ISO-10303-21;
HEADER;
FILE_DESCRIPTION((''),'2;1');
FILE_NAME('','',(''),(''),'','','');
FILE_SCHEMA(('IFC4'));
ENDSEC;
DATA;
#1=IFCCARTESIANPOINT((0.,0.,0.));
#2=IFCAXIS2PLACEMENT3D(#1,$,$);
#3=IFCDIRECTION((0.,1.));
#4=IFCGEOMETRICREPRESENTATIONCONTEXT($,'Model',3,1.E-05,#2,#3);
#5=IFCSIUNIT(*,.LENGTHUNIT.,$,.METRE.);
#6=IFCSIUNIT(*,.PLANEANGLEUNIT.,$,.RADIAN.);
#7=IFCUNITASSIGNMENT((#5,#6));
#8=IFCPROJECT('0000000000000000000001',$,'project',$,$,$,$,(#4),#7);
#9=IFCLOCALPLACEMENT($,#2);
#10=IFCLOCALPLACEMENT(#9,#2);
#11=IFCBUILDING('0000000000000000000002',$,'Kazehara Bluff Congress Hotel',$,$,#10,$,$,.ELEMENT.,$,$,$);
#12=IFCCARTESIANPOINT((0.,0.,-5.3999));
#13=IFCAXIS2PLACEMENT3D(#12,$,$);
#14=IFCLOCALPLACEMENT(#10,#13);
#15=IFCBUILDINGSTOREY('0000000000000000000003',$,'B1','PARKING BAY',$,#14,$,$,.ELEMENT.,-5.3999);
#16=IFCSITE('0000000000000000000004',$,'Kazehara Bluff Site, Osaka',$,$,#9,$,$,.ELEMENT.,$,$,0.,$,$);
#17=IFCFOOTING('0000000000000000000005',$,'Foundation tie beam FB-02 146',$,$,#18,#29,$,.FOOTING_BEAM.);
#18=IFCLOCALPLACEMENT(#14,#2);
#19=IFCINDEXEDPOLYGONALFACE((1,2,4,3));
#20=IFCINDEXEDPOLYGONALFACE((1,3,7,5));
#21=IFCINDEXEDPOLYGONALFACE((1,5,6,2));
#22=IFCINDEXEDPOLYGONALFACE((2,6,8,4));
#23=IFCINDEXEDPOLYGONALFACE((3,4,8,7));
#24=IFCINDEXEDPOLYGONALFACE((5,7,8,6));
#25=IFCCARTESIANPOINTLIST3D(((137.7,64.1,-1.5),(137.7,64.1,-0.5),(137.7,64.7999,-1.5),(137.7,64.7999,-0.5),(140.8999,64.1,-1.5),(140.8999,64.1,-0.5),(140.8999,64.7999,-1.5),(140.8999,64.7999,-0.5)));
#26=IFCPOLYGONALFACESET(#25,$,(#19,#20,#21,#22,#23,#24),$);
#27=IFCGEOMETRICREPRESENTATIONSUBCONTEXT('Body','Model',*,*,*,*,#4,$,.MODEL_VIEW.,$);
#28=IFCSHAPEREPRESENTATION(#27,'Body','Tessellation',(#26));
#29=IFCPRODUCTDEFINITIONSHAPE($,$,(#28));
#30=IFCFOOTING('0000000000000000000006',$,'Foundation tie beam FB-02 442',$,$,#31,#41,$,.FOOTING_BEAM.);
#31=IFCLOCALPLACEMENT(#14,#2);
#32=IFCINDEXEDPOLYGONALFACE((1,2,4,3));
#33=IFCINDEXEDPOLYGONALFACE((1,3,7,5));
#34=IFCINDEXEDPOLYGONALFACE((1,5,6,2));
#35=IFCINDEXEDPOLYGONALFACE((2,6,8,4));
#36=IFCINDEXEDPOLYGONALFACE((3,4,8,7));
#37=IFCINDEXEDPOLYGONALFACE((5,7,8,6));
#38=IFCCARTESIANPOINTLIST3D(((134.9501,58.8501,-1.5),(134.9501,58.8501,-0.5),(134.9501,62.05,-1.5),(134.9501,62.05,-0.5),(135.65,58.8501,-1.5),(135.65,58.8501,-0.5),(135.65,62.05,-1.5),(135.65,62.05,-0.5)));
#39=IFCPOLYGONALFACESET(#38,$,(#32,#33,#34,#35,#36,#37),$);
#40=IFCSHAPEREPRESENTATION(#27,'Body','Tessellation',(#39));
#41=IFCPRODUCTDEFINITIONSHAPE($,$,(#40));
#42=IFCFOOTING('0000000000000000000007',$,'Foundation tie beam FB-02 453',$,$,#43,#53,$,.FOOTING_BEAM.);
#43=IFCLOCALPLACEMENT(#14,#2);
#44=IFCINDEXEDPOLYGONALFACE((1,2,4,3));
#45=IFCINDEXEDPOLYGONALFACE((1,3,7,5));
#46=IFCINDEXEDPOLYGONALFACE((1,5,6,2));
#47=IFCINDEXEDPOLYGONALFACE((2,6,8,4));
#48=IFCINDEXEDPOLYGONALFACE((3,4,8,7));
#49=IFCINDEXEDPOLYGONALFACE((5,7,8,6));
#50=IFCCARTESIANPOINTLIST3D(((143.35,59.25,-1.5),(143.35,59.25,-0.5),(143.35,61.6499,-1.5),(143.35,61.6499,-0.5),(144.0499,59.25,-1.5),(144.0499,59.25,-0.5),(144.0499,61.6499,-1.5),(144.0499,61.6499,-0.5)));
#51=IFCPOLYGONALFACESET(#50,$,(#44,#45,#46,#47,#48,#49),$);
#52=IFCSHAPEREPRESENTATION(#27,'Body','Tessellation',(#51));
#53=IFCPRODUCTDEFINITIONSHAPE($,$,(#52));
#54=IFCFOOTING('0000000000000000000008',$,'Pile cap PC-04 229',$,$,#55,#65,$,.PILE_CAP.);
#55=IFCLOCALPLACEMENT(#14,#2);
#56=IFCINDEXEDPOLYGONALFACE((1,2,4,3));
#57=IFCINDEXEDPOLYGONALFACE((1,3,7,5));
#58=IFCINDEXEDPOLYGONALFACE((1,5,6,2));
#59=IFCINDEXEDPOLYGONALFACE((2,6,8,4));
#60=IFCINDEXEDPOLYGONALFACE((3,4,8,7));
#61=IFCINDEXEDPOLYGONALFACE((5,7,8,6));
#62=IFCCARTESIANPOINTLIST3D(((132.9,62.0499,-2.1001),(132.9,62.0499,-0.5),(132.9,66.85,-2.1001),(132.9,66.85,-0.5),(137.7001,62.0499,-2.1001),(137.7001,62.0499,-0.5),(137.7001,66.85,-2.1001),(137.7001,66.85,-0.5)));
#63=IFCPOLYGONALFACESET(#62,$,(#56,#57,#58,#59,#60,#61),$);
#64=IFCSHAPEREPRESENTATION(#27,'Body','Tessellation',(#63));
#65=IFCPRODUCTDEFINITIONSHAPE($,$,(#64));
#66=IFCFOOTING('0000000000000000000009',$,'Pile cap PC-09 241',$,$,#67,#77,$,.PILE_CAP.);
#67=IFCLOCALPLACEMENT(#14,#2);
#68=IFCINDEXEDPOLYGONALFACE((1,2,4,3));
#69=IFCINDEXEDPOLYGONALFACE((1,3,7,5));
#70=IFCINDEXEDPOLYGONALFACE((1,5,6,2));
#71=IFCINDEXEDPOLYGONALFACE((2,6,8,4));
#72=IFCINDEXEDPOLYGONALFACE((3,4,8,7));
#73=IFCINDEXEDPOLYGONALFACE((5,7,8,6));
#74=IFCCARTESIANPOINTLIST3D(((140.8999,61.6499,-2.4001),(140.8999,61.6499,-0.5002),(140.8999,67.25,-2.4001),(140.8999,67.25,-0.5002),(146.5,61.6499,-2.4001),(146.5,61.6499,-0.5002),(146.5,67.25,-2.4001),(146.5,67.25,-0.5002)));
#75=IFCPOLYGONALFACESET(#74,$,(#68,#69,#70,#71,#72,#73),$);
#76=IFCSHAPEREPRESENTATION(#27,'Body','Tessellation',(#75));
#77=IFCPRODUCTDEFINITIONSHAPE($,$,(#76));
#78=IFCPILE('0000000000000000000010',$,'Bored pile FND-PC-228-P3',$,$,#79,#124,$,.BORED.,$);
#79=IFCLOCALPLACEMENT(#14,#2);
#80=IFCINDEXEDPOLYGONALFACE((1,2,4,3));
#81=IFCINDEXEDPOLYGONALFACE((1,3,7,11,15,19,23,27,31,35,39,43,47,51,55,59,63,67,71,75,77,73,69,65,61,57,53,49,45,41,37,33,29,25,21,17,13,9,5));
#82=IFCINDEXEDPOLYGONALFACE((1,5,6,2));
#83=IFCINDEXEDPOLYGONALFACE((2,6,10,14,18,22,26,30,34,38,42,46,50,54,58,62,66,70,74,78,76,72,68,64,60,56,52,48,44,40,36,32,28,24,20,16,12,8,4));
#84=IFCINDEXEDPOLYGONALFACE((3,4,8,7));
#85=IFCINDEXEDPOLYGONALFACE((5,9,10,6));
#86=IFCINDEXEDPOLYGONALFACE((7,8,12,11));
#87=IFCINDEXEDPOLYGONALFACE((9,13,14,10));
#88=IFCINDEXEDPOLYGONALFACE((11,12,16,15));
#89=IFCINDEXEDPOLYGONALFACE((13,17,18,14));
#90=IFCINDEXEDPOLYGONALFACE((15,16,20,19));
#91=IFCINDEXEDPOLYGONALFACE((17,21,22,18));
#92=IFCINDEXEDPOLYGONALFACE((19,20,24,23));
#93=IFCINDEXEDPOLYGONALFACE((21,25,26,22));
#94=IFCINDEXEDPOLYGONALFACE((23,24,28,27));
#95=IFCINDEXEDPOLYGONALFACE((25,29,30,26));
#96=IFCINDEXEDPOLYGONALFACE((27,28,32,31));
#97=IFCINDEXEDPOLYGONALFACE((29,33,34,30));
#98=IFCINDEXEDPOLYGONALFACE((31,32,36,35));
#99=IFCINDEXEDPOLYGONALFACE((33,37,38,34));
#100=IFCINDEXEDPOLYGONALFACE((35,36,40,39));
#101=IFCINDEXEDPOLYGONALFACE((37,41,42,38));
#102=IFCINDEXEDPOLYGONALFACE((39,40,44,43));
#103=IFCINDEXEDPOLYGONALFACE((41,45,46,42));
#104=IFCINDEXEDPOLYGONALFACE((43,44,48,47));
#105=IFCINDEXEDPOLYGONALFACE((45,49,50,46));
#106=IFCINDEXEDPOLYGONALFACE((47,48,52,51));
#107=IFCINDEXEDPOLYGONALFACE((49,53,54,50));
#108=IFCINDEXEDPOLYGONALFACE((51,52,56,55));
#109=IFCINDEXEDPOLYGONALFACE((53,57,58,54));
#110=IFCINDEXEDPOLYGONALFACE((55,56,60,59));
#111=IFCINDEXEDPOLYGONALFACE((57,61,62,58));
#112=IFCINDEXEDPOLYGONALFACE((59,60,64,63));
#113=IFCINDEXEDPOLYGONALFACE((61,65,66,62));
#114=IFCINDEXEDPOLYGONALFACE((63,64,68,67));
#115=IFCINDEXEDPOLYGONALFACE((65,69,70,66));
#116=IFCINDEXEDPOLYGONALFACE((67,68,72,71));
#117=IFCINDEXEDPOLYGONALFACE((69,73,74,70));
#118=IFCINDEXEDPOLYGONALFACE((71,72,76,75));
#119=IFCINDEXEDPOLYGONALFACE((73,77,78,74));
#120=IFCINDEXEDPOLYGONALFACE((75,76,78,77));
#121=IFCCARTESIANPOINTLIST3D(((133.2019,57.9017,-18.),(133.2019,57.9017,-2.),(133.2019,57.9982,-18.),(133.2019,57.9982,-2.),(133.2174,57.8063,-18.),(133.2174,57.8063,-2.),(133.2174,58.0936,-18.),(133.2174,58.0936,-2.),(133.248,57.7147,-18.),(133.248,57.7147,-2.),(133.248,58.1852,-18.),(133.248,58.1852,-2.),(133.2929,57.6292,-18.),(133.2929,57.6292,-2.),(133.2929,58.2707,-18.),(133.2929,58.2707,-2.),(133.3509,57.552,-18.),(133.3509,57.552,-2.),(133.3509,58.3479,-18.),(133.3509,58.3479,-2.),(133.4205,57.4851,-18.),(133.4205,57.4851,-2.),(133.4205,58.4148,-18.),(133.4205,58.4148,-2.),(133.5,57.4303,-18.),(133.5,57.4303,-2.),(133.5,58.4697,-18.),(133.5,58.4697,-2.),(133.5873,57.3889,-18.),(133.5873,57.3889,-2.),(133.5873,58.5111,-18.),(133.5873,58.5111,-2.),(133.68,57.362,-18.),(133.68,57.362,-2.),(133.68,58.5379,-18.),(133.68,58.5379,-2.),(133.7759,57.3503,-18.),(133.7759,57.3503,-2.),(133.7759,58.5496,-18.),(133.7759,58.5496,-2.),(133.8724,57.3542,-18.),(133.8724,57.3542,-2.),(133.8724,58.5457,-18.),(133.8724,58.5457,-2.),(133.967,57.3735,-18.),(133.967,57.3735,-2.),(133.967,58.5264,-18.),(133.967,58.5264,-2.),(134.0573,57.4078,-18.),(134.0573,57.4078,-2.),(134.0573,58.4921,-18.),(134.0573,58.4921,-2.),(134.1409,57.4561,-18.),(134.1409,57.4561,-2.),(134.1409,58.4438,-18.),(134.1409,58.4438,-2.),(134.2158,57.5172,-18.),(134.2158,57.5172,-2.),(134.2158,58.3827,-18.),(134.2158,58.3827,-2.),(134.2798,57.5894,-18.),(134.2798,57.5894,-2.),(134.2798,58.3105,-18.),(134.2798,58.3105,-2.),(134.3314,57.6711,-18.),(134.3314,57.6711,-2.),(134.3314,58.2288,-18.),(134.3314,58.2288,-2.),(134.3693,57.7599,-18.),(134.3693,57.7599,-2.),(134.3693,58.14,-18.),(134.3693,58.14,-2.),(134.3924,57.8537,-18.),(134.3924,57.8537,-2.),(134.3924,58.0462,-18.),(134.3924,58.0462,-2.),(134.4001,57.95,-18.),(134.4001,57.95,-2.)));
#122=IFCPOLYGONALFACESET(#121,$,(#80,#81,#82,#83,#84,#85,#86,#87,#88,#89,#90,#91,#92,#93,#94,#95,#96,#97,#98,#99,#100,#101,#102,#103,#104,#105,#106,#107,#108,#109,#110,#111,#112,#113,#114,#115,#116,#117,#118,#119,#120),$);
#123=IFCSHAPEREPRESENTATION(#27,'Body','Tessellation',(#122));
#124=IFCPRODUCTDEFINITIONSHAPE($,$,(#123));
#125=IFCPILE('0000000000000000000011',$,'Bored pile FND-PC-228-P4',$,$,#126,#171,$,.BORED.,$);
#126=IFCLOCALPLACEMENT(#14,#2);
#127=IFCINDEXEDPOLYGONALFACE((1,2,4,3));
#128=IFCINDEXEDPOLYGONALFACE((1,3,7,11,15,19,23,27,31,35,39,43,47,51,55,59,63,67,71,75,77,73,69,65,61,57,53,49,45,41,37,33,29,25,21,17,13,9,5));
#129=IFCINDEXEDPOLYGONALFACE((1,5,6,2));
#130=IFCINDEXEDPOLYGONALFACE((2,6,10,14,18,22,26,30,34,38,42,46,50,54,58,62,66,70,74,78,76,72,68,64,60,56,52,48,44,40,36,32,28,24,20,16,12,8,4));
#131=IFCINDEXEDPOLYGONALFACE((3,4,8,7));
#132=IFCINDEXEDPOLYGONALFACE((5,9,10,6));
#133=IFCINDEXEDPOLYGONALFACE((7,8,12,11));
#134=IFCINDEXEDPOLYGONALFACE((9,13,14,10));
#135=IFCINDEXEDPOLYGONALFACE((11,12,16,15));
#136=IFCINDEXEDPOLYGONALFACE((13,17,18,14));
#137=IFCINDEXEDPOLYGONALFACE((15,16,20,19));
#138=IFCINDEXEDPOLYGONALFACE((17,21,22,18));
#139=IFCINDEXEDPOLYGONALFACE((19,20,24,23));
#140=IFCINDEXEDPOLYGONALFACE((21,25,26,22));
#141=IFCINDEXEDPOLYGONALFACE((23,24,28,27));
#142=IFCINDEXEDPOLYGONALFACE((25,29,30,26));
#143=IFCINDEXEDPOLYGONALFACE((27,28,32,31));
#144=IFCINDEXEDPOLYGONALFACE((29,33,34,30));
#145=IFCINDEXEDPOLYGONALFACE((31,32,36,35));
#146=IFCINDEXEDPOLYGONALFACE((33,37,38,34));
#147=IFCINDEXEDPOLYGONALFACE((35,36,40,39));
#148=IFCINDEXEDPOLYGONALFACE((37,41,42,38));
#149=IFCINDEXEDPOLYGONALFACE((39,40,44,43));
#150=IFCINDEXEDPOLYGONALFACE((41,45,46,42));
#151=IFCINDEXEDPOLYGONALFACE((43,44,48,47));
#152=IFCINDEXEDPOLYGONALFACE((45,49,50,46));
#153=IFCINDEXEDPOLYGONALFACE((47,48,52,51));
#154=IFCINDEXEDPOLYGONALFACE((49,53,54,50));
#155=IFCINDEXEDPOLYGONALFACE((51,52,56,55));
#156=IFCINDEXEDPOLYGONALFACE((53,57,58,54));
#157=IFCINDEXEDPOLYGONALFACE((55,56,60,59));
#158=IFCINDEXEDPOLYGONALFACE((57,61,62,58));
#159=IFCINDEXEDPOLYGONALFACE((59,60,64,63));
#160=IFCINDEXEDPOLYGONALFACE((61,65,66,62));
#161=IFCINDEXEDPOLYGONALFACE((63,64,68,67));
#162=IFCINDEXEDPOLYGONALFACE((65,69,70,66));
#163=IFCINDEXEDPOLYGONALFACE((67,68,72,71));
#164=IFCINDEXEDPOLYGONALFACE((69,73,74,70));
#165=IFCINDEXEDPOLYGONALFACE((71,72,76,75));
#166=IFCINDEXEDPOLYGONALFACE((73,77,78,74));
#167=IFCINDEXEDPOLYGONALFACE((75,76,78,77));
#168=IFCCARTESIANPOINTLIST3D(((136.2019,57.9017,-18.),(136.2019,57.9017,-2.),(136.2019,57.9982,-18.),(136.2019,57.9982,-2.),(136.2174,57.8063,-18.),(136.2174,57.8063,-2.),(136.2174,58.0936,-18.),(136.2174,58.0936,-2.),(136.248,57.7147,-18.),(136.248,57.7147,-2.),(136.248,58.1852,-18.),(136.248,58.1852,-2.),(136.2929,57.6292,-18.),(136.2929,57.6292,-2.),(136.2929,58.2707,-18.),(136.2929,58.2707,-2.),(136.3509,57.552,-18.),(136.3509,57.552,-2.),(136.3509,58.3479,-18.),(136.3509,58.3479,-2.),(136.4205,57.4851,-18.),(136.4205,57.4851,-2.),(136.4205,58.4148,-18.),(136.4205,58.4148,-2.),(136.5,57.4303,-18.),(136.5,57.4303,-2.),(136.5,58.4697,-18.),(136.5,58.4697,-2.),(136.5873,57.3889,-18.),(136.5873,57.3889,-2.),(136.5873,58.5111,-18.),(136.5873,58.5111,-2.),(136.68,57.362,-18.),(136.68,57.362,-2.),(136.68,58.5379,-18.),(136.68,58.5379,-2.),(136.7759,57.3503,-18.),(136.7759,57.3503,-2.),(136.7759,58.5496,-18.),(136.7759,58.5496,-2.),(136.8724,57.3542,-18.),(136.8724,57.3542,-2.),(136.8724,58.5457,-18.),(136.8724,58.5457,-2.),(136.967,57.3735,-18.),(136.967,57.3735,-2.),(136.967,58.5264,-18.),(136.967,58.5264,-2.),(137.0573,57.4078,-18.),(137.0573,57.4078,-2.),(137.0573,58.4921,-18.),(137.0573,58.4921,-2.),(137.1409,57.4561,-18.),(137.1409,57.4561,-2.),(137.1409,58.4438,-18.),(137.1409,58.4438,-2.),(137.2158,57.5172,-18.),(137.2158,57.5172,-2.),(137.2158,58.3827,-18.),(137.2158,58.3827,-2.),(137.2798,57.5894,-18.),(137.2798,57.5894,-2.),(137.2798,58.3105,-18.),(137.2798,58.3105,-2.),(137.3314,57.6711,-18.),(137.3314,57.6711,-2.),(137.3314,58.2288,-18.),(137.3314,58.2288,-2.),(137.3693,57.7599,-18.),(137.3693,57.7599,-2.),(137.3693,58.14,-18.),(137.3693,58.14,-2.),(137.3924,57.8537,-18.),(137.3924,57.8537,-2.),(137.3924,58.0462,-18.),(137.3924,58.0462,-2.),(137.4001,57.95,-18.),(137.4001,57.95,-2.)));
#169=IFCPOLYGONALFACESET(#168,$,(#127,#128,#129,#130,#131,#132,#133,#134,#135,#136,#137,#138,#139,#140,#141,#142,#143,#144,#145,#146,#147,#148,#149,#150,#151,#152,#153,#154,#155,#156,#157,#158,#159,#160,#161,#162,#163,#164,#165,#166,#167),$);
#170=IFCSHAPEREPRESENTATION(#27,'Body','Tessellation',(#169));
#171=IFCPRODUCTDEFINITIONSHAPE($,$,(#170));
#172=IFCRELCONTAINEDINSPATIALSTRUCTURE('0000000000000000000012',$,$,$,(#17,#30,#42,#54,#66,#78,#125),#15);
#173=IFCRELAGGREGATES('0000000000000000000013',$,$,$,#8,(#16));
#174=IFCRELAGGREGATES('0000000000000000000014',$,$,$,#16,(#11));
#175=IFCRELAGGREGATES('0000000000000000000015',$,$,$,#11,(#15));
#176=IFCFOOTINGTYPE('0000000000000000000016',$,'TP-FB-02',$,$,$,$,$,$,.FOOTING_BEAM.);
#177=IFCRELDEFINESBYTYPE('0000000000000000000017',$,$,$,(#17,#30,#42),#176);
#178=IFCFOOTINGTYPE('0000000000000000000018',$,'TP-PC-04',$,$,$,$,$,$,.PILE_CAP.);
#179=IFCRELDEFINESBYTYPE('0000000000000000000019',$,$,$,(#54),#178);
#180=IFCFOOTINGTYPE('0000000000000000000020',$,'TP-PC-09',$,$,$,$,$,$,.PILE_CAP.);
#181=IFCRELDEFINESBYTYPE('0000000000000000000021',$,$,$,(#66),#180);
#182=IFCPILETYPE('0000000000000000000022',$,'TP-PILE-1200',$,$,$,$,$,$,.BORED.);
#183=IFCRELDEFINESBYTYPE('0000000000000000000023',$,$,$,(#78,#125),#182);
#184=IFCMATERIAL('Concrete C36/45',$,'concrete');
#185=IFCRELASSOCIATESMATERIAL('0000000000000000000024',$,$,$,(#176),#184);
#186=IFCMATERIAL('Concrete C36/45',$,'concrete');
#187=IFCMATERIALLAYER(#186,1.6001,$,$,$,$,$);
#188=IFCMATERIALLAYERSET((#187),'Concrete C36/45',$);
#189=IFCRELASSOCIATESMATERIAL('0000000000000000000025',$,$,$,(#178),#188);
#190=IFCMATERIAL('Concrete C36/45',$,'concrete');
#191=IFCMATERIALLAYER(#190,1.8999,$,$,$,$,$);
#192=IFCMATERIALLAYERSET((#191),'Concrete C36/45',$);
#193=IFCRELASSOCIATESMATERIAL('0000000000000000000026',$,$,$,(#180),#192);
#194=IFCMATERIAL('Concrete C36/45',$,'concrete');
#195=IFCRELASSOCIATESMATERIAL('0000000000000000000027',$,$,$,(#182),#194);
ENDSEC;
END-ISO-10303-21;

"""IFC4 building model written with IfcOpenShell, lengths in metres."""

from ifc_helpers import new_model, si_unit, direction, frame, origin, origin_2d, place, context, subcontext, project, spatial, rectangle, circle, extrude, material, layer, layer_set, material_profile, profile_set, type_object, element, save


model = new_model("IFC4")

# Units and contexts
model_context = context("Model", 3, precision=1e-05, world=origin(), true_north=direction((0.0, 1.0)))
body_context = subcontext(model_context, "Body", "Model", "MODEL_VIEW")
ifc_project = project(units=[si_unit("LENGTHUNIT", "METRE"), si_unit("PLANEANGLEUNIT", "RADIAN")], contexts=[model_context])

# Site, building, storey
site_placement = place(None, origin())
site = spatial("IfcSite", under=ifc_project, at=site_placement, Name="Kazehara Bluff Site, Osaka", CompositionType="ELEMENT", RefElevation=0.0)
building_placement = place(site_placement, origin())
building = spatial("IfcBuilding", under=site, at=building_placement, Name="Kazehara Bluff Congress Hotel", CompositionType="ELEMENT")
storey_placement = place(building_placement, frame((0.0, 0.0, -5.3999)))
storey = spatial("IfcBuildingStorey", under=building, at=storey_placement, Name="B1", Description="PARKING BAY", CompositionType="ELEMENT", Elevation=-5.3999)

# Footings
ifc_material_1 = material(Name="Concrete C36/45", Category="concrete")
ifc_material_profile_1 = material_profile(ifc_material_1, rectangle(XDim=0.7, YDim=1.0, at=origin_2d()))
ifc_profile_set_1 = profile_set([ifc_material_profile_1], Name="Concrete C36/45")
footing_type_1 = type_object("IfcFootingType", Name="TP-FB-02", PredefinedType="FOOTING_BEAM", material=ifc_profile_set_1)
for number, where, z_axis, x_axis, name in (
    (1, (137.7, 64.45, -1.0), (1.0, 0.0, 0.0), (0.0, 1.0, 0.0), "Foundation tie beam FB-02 146"),
    (2, (135.3, 58.8501, -1.0), (0.0, 1.0, 0.0), (-1.0, 0.0, 0.0), "Foundation tie beam FB-02 442"),
):
    element("IfcFooting", number, at=place(storey_placement, frame(where, z_axis=z_axis, x_axis=x_axis)), inside=storey, type_object=footing_type_1, Name=name, PredefinedType="FOOTING_BEAM", context=body_context, shape_type="SweptSolid", body=[
        extrude(rectangle(XDim=0.7, YDim=1.0, at=origin_2d()), origin(), (0.0, 0.0, 1.0), 3.2),
    ])
footing_1_placement = place(storey_placement, frame((143.7, 59.25, -1.0), z_axis=(0.0, 1.0, 0.0), x_axis=(-1.0, 0.0, 0.0)))
element("IfcFooting", 3, at=footing_1_placement, inside=storey, type_object=footing_type_1, Name="Foundation tie beam FB-02 453", PredefinedType="FOOTING_BEAM", context=body_context, shape_type="SweptSolid", body=[
    extrude(rectangle(XDim=0.7, YDim=1.0, at=origin_2d()), origin(), (0.0, 0.0, 1.0), 2.3999),
])
ifc_material_2 = material(Name="Concrete C36/45", Category="concrete")
ifc_layer_1 = layer(ifc_material_2, 1.6001)
ifc_layer_set_1 = layer_set([ifc_layer_1], Name="Concrete C36/45")
footing_type_2 = type_object("IfcFootingType", Name="TP-PC-04", PredefinedType="PILE_CAP", material=ifc_layer_set_1)
footing_2_placement = place(storey_placement, frame((135.3, 64.45, -2.1001), z_axis=(0.0, 0.0, 1.0), x_axis=(1.0, 0.0, 0.0)))
element("IfcFooting", 4, at=footing_2_placement, inside=storey, type_object=footing_type_2, Name="Pile cap PC-04 229", PredefinedType="PILE_CAP", context=body_context, shape_type="SweptSolid", body=[
    extrude(rectangle(XDim=4.8, YDim=4.8, at=origin_2d()), origin(), (0.0, 0.0, 1.0), 1.6001),
])
ifc_material_3 = material(Name="Concrete C36/45", Category="concrete")
ifc_layer_2 = layer(ifc_material_3, 1.8999)
ifc_layer_set_2 = layer_set([ifc_layer_2], Name="Concrete C36/45")
footing_type_3 = type_object("IfcFootingType", Name="TP-PC-09", PredefinedType="PILE_CAP", material=ifc_layer_set_2)
footing_3_placement = place(storey_placement, frame((143.7, 64.45, -2.4001), z_axis=(0.0, 0.0, 1.0), x_axis=(1.0, 0.0, 0.0)))
element("IfcFooting", 5, at=footing_3_placement, inside=storey, type_object=footing_type_3, Name="Pile cap PC-09 241", PredefinedType="PILE_CAP", context=body_context, shape_type="SweptSolid", body=[
    extrude(rectangle(XDim=5.6001, YDim=5.6001, at=origin_2d()), origin(), (0.0, 0.0, 1.0), 1.8999),
])

# Piles
ifc_material_4 = material(Name="Concrete C36/45", Category="concrete")
ifc_material_profile_2 = material_profile(ifc_material_4, circle(Radius=0.6001, at=origin_2d()))
ifc_profile_set_2 = profile_set([ifc_material_profile_2], Name="Concrete C36/45")
pile_type = type_object("IfcPileType", Name="TP-PILE-1200", PredefinedType="BORED", material=ifc_profile_set_2)
for number, where, z_axis, x_axis, name in (
    (6, (133.8, 57.95, -2.0), (0.0, 0.0, -1.0), (1.0, 0.0, 0.0), "Bored pile FND-PC-228-P3"),
    (7, (136.8, 57.95, -2.0), (0.0, 0.0, -1.0), (1.0, 0.0, 0.0), "Bored pile FND-PC-228-P4"),
):
    element("IfcPile", number, at=place(storey_placement, frame(where, z_axis=z_axis, x_axis=x_axis)), inside=storey, type_object=pile_type, Name=name, PredefinedType="BORED", context=body_context, shape_type="SweptSolid", body=[
        extrude(circle(Radius=0.6001, at=origin_2d()), origin(), (0.0, 0.0, 1.0), 16.0),
    ])

save(model, "model.ifc")
